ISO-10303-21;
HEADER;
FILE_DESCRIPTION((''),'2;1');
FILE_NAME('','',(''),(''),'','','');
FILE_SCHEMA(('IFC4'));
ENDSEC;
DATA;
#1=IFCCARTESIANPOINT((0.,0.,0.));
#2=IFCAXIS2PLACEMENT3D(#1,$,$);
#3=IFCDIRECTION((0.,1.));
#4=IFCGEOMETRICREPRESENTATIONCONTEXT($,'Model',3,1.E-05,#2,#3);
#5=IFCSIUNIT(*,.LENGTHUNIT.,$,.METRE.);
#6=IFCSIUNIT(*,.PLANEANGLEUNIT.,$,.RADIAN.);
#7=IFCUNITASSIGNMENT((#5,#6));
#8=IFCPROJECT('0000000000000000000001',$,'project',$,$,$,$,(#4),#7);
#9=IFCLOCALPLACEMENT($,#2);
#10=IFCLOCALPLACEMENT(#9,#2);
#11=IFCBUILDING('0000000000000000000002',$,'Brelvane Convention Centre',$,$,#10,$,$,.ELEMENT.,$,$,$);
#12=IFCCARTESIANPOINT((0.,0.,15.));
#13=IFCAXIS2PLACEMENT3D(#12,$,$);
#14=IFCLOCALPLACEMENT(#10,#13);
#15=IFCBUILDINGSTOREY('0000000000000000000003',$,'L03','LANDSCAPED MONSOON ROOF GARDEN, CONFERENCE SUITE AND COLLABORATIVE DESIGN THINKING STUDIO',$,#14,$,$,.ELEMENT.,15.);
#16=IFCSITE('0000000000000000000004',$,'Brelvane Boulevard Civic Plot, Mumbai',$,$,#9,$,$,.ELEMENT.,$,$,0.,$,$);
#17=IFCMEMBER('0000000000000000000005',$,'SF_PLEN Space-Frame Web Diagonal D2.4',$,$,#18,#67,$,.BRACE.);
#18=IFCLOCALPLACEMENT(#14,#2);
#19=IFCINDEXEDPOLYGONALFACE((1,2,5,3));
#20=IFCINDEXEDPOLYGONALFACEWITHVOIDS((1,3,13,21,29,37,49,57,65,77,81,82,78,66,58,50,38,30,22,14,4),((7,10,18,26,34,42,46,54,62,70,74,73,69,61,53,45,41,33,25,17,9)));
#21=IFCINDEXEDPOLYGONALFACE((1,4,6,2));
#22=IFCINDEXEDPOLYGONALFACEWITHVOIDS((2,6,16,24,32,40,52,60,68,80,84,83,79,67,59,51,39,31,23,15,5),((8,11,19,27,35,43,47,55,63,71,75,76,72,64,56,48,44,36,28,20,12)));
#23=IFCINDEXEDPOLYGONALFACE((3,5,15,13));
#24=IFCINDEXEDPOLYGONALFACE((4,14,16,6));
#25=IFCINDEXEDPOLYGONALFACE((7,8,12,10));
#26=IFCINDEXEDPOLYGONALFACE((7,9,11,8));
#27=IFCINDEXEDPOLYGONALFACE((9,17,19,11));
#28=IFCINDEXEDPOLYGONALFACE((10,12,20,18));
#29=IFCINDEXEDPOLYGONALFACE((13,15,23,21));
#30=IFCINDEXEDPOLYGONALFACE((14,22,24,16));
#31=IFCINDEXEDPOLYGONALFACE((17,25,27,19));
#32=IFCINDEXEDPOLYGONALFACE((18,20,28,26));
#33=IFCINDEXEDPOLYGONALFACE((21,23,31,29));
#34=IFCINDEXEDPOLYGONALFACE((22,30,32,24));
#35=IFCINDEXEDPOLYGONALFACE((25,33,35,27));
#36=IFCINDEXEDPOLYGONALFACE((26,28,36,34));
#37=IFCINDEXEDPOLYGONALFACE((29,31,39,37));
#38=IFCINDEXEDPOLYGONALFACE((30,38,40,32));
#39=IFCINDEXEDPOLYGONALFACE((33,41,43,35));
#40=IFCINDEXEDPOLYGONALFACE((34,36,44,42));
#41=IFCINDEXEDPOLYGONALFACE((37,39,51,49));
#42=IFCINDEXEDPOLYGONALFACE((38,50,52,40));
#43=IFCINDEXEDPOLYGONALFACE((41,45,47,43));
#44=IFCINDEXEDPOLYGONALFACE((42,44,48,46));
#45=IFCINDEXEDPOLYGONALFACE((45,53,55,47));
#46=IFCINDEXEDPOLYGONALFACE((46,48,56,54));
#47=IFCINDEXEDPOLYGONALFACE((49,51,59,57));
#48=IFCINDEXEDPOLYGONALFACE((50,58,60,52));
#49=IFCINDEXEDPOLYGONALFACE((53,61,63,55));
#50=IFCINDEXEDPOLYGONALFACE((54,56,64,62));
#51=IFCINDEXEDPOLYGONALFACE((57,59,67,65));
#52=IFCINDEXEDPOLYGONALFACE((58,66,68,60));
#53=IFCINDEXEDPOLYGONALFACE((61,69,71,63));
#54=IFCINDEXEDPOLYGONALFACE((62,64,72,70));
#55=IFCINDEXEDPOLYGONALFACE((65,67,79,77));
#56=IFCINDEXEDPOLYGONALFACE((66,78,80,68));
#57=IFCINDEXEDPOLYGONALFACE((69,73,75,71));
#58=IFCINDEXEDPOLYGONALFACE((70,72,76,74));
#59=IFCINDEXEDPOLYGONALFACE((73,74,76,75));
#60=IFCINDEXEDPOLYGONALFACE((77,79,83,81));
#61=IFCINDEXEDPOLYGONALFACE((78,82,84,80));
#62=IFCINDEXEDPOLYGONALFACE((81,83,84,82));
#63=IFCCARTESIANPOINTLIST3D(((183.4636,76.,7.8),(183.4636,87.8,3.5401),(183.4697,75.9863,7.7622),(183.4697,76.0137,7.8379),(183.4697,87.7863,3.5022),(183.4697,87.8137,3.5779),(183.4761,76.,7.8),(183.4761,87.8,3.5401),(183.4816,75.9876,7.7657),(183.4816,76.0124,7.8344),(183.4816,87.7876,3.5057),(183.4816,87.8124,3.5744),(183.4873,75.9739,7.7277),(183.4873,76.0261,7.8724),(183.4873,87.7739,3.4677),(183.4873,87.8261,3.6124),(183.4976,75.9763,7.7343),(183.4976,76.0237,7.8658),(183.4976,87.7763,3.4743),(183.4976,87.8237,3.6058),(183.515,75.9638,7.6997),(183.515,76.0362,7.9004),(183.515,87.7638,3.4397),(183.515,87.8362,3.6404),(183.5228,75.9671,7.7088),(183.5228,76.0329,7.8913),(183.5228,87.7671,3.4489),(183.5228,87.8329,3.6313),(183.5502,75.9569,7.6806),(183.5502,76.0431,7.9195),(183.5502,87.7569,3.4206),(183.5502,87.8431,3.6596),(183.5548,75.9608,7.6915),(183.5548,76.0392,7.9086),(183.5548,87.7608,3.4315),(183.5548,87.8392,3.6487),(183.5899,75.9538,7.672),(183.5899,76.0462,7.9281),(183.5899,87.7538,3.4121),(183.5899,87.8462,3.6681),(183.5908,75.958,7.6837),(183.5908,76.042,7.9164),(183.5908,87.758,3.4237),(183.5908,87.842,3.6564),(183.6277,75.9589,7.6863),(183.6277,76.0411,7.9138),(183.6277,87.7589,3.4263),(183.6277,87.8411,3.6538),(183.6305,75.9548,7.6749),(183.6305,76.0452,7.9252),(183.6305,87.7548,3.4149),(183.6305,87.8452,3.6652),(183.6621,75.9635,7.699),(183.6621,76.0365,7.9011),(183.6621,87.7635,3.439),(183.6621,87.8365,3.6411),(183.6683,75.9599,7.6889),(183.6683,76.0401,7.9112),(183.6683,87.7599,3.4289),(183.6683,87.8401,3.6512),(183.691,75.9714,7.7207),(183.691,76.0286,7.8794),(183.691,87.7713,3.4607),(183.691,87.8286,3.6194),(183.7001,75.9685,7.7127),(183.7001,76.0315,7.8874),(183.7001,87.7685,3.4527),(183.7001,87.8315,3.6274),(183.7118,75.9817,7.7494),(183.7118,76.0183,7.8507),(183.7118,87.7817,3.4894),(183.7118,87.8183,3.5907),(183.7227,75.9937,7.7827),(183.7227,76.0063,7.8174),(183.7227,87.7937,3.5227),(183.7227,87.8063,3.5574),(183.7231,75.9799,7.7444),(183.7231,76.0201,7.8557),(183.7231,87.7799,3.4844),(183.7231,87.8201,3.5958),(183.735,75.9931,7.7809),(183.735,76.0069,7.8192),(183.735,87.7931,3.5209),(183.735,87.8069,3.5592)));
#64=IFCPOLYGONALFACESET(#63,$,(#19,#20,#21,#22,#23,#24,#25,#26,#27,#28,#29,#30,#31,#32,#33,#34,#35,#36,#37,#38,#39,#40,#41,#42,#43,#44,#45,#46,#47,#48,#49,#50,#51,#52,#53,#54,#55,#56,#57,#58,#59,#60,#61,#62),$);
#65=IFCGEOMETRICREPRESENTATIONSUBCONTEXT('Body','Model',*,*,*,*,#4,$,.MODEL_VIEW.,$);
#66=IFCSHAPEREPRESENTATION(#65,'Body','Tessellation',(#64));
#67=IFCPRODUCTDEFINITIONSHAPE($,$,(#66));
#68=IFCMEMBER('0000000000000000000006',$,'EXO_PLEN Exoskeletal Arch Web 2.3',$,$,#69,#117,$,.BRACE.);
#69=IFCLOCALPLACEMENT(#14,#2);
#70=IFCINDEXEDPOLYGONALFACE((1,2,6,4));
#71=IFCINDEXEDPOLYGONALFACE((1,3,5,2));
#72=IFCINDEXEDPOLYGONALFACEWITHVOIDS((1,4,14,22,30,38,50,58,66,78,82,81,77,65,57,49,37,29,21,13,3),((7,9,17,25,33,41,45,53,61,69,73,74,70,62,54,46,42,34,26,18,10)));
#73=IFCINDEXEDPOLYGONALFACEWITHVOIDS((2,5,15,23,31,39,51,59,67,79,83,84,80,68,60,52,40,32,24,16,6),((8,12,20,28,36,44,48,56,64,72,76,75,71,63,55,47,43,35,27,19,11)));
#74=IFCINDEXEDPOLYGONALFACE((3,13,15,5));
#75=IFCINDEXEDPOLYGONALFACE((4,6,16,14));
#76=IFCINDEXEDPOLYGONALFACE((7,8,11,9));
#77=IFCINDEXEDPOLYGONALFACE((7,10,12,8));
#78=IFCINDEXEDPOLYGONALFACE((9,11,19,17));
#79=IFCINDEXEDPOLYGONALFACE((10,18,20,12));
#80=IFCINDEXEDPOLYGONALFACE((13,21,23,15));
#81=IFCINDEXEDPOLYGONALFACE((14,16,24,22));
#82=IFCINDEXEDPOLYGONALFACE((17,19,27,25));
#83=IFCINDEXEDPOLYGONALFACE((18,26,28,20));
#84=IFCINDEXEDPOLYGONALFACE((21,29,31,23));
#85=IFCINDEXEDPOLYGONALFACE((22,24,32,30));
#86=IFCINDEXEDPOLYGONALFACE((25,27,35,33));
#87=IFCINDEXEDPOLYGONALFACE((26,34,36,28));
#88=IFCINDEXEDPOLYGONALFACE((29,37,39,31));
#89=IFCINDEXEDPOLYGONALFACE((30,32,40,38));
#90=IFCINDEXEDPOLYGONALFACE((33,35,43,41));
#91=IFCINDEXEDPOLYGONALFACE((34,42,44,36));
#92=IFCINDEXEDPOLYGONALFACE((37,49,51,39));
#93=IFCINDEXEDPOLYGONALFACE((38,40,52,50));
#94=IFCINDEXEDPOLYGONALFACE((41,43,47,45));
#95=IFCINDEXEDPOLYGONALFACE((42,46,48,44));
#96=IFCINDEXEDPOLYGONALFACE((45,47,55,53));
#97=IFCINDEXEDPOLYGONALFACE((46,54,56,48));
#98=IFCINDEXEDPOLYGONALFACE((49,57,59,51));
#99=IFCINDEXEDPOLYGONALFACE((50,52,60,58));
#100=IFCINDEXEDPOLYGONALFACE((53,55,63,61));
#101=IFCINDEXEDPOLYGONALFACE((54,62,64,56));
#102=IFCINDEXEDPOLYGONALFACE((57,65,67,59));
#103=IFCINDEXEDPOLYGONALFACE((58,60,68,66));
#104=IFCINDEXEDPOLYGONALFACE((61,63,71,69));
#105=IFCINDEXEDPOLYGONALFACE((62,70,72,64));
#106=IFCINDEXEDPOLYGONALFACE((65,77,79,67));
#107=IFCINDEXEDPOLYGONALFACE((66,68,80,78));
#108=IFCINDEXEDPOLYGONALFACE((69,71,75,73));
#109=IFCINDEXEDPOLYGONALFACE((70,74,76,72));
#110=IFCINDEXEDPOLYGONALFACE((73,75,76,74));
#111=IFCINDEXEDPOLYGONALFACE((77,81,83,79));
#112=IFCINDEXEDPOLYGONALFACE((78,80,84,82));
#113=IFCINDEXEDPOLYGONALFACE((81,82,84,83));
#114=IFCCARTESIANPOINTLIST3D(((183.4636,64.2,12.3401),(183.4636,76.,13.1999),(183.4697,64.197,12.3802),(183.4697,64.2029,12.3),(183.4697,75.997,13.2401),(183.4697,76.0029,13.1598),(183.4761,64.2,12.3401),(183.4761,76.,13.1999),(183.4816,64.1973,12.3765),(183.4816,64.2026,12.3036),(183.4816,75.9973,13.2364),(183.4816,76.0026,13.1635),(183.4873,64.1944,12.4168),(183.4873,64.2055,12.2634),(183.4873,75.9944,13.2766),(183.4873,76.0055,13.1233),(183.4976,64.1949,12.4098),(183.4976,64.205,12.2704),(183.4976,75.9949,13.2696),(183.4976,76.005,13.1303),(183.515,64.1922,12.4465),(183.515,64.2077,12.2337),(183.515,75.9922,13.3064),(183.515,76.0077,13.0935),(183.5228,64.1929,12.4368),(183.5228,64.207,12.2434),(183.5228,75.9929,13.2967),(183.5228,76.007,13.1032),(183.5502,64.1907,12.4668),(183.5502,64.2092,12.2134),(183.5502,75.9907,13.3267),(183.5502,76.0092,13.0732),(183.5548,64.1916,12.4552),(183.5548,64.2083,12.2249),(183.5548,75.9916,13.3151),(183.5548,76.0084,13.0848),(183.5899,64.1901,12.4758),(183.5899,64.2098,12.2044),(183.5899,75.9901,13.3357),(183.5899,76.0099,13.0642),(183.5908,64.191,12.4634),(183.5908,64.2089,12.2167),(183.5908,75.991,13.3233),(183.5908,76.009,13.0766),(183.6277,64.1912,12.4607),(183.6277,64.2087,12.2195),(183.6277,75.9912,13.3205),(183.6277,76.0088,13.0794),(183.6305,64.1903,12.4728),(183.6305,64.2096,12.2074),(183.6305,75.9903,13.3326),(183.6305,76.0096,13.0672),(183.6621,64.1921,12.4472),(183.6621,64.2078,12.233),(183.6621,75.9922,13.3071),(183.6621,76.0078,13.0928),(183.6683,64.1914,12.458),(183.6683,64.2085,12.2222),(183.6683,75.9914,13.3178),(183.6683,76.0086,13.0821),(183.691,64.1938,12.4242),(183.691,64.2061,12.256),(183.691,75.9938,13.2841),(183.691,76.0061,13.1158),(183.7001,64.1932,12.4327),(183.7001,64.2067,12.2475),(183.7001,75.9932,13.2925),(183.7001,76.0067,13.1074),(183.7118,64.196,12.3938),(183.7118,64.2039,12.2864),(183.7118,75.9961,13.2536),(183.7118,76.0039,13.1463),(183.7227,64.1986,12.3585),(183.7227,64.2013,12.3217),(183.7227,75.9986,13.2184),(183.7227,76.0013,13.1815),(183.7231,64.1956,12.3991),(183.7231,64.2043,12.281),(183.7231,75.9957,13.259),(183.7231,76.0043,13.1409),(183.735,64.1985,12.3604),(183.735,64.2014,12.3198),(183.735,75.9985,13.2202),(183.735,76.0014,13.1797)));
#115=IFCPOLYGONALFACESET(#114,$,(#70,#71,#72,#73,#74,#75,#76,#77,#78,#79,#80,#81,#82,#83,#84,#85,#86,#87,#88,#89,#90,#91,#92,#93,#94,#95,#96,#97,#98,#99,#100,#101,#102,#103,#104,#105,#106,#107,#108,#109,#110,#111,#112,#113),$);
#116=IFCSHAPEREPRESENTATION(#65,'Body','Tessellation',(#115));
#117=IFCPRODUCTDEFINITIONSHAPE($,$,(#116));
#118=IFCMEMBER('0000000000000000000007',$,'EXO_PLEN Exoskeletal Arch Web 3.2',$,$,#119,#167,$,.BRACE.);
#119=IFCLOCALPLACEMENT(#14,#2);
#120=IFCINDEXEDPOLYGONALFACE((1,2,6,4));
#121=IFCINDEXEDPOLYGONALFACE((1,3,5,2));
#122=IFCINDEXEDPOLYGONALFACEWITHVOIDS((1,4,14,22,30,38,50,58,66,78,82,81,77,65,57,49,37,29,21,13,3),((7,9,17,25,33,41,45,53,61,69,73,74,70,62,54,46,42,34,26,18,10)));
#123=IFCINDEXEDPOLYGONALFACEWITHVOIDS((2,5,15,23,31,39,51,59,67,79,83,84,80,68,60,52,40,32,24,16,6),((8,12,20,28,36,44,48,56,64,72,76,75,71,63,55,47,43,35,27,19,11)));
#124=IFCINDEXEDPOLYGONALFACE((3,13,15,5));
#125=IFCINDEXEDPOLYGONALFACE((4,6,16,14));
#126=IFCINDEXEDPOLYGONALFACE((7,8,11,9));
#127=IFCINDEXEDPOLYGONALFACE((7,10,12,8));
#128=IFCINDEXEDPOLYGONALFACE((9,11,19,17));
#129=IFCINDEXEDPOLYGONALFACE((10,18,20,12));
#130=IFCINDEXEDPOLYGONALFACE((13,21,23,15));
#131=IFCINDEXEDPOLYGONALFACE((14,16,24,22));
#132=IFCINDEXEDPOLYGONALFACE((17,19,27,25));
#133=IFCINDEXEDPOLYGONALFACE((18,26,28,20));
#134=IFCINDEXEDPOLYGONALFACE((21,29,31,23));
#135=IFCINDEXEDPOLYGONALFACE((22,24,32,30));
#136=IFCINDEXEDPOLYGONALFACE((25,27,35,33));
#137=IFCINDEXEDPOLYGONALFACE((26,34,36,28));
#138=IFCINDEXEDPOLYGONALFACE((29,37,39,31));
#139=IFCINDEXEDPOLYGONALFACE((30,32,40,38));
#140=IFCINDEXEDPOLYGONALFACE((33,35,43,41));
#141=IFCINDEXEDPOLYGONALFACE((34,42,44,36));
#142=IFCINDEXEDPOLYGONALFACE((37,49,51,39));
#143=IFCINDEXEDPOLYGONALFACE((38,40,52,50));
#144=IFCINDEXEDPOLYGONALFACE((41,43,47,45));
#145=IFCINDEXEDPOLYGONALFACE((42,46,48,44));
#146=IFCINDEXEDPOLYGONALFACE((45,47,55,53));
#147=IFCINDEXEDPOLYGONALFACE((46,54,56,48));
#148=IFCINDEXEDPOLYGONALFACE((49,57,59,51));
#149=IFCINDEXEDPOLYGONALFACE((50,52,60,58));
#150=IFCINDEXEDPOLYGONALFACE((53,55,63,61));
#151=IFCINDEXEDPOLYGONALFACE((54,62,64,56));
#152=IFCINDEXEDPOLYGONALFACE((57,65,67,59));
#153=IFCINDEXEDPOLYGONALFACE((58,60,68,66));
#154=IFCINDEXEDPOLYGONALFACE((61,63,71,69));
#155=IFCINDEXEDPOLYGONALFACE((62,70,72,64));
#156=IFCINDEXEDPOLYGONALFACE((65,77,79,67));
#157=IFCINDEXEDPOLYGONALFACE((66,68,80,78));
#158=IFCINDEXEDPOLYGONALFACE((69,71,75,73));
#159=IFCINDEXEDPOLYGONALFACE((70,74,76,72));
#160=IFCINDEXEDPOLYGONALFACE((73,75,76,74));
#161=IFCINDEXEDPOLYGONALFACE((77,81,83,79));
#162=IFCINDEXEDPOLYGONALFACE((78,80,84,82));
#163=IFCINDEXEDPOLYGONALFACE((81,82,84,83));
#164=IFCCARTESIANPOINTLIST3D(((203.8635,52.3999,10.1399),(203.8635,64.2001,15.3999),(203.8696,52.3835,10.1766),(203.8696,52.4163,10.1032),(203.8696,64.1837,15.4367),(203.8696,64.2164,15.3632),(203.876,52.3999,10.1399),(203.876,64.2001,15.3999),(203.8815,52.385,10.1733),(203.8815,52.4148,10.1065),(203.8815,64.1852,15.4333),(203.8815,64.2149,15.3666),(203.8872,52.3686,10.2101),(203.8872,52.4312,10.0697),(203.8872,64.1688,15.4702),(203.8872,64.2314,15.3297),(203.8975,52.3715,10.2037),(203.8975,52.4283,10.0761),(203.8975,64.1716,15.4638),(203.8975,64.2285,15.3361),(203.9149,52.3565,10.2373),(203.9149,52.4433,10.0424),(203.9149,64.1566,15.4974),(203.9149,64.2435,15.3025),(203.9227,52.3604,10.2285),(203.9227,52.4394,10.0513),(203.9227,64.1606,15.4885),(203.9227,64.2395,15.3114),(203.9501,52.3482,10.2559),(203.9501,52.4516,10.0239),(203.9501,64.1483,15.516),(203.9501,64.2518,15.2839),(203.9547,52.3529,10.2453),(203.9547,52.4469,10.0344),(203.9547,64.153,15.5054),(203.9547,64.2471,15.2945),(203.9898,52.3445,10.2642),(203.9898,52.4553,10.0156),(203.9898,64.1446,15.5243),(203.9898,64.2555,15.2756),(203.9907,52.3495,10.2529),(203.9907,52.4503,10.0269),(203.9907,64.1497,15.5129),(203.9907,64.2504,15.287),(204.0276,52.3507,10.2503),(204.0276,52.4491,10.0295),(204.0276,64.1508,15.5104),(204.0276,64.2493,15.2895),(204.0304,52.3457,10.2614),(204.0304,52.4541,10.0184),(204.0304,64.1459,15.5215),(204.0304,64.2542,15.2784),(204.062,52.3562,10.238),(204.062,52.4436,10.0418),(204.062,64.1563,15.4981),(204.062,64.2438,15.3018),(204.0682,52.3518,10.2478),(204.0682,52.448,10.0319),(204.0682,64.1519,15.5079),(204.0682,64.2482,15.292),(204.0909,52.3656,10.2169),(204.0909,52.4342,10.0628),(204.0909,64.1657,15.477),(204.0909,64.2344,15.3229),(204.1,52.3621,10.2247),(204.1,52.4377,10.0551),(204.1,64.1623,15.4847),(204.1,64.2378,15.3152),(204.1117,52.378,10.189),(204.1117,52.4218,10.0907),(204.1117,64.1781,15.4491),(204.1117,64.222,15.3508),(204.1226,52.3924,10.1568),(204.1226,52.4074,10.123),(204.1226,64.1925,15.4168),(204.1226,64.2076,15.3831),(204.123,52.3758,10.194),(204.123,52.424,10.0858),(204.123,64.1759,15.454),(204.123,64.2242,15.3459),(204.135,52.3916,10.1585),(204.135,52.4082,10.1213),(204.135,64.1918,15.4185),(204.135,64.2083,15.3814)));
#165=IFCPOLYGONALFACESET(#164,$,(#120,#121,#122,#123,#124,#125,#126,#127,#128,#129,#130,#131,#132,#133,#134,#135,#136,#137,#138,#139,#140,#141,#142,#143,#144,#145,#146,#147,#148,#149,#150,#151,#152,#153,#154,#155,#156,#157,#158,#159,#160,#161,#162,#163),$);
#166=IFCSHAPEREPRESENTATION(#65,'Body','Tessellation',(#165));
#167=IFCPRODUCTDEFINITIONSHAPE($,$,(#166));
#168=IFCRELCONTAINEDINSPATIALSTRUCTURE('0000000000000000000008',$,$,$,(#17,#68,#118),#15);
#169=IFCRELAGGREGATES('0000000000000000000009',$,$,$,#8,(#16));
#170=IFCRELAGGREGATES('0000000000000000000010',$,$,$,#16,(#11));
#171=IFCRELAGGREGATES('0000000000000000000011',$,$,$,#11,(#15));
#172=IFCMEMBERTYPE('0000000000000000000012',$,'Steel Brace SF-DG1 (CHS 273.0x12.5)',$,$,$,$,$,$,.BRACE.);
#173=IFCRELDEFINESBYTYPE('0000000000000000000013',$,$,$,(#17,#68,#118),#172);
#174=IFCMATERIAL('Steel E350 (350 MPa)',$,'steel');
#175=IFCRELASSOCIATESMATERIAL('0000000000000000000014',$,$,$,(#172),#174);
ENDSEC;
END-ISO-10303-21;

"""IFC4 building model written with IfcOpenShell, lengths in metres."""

from ifc_helpers import new_model, si_unit, direction, frame, origin, origin_2d, place, context, subcontext, project, spatial, hollow_circle, extrude, material, material_profile, profile_set, type_object, element, save


model = new_model("IFC4")

# Units and contexts
model_context = context("Model", 3, precision=1e-05, world=origin(), true_north=direction((0.0, 1.0)))
body_context = subcontext(model_context, "Body", "Model", "MODEL_VIEW")
ifc_project = project(units=[si_unit("LENGTHUNIT", "METRE"), si_unit("PLANEANGLEUNIT", "RADIAN")], contexts=[model_context])

# Site, building, storey
site_placement = place(None, origin())
site = spatial("IfcSite", under=ifc_project, at=site_placement, Name="Brelvane Boulevard Civic Plot, Mumbai", CompositionType="ELEMENT", RefElevation=0.0)
building_placement = place(site_placement, origin())
building = spatial("IfcBuilding", under=site, at=building_placement, Name="Brelvane Convention Centre", CompositionType="ELEMENT")
storey_placement = place(building_placement, frame((0.0, 0.0, 15.0)))
storey = spatial("IfcBuildingStorey", under=building, at=storey_placement, Name="L03", Description="LANDSCAPED MONSOON ROOF GARDEN, CONFERENCE SUITE AND COLLABORATIVE DESIGN THINKING STUDIO", CompositionType="ELEMENT", Elevation=15.0)

# Members
ifc_material_1 = material(Name="Steel E350 (350 MPa)", Category="steel")
ifc_material_profile_1 = material_profile(ifc_material_1, hollow_circle(Radius=0.1365, WallThickness=0.0125, at=origin_2d()), Name="CHS 273.0x12.5")
ifc_profile_set_1 = profile_set([ifc_material_profile_1], Name="Steel E350 (350 MPa)")
member_type_1 = type_object("IfcMemberType", Name="Steel Brace SF-DG1 (CHS 273.0x12.5)", PredefinedType="BRACE", material=ifc_profile_set_1)
member_1_placement = place(storey_placement, frame((183.6001, 76.0, 7.8), z_axis=(0.0, 0.940582, -0.339566), x_axis=(-1.0, 0.0, 0.0)))
element("IfcMember", 1, at=member_1_placement, inside=storey, type_object=member_type_1, Name="SF_PLEN Space-Frame Web Diagonal D2.4", PredefinedType="BRACE", context=body_context, shape_type="SweptSolid", body=[
    extrude(hollow_circle(Radius=0.1365, WallThickness=0.0125, at=origin_2d()), origin(), (0.0, 0.0, 1.0), 12.5454),
])
member_2_placement = place(storey_placement, frame((183.6001, 64.2, 12.3401), z_axis=(0.0, 0.997356, 0.072677), x_axis=(-1.0, 0.0, 0.0)))
element("IfcMember", 2, at=member_2_placement, inside=storey, type_object=member_type_1, Name="EXO_PLEN Exoskeletal Arch Web 2.3", PredefinedType="BRACE", context=body_context, shape_type="SweptSolid", body=[
    extrude(hollow_circle(Radius=0.1365, WallThickness=0.0125, at=origin_2d()), origin(), (0.0, 0.0, 1.0), 11.8313),
])
member_3_placement = place(storey_placement, frame((204.0, 52.3999, 10.1399), z_axis=(0.0, 0.913364, 0.407143), x_axis=(-1.0, 0.0, 0.0)))
element("IfcMember", 3, at=member_3_placement, inside=storey, type_object=member_type_1, Name="EXO_PLEN Exoskeletal Arch Web 3.2", PredefinedType="BRACE", context=body_context, shape_type="SweptSolid", body=[
    extrude(hollow_circle(Radius=0.1365, WallThickness=0.0125, at=origin_2d()), origin(), (0.0, 0.0, 1.0), 12.9194),
])

save(model, "model.ifc")
